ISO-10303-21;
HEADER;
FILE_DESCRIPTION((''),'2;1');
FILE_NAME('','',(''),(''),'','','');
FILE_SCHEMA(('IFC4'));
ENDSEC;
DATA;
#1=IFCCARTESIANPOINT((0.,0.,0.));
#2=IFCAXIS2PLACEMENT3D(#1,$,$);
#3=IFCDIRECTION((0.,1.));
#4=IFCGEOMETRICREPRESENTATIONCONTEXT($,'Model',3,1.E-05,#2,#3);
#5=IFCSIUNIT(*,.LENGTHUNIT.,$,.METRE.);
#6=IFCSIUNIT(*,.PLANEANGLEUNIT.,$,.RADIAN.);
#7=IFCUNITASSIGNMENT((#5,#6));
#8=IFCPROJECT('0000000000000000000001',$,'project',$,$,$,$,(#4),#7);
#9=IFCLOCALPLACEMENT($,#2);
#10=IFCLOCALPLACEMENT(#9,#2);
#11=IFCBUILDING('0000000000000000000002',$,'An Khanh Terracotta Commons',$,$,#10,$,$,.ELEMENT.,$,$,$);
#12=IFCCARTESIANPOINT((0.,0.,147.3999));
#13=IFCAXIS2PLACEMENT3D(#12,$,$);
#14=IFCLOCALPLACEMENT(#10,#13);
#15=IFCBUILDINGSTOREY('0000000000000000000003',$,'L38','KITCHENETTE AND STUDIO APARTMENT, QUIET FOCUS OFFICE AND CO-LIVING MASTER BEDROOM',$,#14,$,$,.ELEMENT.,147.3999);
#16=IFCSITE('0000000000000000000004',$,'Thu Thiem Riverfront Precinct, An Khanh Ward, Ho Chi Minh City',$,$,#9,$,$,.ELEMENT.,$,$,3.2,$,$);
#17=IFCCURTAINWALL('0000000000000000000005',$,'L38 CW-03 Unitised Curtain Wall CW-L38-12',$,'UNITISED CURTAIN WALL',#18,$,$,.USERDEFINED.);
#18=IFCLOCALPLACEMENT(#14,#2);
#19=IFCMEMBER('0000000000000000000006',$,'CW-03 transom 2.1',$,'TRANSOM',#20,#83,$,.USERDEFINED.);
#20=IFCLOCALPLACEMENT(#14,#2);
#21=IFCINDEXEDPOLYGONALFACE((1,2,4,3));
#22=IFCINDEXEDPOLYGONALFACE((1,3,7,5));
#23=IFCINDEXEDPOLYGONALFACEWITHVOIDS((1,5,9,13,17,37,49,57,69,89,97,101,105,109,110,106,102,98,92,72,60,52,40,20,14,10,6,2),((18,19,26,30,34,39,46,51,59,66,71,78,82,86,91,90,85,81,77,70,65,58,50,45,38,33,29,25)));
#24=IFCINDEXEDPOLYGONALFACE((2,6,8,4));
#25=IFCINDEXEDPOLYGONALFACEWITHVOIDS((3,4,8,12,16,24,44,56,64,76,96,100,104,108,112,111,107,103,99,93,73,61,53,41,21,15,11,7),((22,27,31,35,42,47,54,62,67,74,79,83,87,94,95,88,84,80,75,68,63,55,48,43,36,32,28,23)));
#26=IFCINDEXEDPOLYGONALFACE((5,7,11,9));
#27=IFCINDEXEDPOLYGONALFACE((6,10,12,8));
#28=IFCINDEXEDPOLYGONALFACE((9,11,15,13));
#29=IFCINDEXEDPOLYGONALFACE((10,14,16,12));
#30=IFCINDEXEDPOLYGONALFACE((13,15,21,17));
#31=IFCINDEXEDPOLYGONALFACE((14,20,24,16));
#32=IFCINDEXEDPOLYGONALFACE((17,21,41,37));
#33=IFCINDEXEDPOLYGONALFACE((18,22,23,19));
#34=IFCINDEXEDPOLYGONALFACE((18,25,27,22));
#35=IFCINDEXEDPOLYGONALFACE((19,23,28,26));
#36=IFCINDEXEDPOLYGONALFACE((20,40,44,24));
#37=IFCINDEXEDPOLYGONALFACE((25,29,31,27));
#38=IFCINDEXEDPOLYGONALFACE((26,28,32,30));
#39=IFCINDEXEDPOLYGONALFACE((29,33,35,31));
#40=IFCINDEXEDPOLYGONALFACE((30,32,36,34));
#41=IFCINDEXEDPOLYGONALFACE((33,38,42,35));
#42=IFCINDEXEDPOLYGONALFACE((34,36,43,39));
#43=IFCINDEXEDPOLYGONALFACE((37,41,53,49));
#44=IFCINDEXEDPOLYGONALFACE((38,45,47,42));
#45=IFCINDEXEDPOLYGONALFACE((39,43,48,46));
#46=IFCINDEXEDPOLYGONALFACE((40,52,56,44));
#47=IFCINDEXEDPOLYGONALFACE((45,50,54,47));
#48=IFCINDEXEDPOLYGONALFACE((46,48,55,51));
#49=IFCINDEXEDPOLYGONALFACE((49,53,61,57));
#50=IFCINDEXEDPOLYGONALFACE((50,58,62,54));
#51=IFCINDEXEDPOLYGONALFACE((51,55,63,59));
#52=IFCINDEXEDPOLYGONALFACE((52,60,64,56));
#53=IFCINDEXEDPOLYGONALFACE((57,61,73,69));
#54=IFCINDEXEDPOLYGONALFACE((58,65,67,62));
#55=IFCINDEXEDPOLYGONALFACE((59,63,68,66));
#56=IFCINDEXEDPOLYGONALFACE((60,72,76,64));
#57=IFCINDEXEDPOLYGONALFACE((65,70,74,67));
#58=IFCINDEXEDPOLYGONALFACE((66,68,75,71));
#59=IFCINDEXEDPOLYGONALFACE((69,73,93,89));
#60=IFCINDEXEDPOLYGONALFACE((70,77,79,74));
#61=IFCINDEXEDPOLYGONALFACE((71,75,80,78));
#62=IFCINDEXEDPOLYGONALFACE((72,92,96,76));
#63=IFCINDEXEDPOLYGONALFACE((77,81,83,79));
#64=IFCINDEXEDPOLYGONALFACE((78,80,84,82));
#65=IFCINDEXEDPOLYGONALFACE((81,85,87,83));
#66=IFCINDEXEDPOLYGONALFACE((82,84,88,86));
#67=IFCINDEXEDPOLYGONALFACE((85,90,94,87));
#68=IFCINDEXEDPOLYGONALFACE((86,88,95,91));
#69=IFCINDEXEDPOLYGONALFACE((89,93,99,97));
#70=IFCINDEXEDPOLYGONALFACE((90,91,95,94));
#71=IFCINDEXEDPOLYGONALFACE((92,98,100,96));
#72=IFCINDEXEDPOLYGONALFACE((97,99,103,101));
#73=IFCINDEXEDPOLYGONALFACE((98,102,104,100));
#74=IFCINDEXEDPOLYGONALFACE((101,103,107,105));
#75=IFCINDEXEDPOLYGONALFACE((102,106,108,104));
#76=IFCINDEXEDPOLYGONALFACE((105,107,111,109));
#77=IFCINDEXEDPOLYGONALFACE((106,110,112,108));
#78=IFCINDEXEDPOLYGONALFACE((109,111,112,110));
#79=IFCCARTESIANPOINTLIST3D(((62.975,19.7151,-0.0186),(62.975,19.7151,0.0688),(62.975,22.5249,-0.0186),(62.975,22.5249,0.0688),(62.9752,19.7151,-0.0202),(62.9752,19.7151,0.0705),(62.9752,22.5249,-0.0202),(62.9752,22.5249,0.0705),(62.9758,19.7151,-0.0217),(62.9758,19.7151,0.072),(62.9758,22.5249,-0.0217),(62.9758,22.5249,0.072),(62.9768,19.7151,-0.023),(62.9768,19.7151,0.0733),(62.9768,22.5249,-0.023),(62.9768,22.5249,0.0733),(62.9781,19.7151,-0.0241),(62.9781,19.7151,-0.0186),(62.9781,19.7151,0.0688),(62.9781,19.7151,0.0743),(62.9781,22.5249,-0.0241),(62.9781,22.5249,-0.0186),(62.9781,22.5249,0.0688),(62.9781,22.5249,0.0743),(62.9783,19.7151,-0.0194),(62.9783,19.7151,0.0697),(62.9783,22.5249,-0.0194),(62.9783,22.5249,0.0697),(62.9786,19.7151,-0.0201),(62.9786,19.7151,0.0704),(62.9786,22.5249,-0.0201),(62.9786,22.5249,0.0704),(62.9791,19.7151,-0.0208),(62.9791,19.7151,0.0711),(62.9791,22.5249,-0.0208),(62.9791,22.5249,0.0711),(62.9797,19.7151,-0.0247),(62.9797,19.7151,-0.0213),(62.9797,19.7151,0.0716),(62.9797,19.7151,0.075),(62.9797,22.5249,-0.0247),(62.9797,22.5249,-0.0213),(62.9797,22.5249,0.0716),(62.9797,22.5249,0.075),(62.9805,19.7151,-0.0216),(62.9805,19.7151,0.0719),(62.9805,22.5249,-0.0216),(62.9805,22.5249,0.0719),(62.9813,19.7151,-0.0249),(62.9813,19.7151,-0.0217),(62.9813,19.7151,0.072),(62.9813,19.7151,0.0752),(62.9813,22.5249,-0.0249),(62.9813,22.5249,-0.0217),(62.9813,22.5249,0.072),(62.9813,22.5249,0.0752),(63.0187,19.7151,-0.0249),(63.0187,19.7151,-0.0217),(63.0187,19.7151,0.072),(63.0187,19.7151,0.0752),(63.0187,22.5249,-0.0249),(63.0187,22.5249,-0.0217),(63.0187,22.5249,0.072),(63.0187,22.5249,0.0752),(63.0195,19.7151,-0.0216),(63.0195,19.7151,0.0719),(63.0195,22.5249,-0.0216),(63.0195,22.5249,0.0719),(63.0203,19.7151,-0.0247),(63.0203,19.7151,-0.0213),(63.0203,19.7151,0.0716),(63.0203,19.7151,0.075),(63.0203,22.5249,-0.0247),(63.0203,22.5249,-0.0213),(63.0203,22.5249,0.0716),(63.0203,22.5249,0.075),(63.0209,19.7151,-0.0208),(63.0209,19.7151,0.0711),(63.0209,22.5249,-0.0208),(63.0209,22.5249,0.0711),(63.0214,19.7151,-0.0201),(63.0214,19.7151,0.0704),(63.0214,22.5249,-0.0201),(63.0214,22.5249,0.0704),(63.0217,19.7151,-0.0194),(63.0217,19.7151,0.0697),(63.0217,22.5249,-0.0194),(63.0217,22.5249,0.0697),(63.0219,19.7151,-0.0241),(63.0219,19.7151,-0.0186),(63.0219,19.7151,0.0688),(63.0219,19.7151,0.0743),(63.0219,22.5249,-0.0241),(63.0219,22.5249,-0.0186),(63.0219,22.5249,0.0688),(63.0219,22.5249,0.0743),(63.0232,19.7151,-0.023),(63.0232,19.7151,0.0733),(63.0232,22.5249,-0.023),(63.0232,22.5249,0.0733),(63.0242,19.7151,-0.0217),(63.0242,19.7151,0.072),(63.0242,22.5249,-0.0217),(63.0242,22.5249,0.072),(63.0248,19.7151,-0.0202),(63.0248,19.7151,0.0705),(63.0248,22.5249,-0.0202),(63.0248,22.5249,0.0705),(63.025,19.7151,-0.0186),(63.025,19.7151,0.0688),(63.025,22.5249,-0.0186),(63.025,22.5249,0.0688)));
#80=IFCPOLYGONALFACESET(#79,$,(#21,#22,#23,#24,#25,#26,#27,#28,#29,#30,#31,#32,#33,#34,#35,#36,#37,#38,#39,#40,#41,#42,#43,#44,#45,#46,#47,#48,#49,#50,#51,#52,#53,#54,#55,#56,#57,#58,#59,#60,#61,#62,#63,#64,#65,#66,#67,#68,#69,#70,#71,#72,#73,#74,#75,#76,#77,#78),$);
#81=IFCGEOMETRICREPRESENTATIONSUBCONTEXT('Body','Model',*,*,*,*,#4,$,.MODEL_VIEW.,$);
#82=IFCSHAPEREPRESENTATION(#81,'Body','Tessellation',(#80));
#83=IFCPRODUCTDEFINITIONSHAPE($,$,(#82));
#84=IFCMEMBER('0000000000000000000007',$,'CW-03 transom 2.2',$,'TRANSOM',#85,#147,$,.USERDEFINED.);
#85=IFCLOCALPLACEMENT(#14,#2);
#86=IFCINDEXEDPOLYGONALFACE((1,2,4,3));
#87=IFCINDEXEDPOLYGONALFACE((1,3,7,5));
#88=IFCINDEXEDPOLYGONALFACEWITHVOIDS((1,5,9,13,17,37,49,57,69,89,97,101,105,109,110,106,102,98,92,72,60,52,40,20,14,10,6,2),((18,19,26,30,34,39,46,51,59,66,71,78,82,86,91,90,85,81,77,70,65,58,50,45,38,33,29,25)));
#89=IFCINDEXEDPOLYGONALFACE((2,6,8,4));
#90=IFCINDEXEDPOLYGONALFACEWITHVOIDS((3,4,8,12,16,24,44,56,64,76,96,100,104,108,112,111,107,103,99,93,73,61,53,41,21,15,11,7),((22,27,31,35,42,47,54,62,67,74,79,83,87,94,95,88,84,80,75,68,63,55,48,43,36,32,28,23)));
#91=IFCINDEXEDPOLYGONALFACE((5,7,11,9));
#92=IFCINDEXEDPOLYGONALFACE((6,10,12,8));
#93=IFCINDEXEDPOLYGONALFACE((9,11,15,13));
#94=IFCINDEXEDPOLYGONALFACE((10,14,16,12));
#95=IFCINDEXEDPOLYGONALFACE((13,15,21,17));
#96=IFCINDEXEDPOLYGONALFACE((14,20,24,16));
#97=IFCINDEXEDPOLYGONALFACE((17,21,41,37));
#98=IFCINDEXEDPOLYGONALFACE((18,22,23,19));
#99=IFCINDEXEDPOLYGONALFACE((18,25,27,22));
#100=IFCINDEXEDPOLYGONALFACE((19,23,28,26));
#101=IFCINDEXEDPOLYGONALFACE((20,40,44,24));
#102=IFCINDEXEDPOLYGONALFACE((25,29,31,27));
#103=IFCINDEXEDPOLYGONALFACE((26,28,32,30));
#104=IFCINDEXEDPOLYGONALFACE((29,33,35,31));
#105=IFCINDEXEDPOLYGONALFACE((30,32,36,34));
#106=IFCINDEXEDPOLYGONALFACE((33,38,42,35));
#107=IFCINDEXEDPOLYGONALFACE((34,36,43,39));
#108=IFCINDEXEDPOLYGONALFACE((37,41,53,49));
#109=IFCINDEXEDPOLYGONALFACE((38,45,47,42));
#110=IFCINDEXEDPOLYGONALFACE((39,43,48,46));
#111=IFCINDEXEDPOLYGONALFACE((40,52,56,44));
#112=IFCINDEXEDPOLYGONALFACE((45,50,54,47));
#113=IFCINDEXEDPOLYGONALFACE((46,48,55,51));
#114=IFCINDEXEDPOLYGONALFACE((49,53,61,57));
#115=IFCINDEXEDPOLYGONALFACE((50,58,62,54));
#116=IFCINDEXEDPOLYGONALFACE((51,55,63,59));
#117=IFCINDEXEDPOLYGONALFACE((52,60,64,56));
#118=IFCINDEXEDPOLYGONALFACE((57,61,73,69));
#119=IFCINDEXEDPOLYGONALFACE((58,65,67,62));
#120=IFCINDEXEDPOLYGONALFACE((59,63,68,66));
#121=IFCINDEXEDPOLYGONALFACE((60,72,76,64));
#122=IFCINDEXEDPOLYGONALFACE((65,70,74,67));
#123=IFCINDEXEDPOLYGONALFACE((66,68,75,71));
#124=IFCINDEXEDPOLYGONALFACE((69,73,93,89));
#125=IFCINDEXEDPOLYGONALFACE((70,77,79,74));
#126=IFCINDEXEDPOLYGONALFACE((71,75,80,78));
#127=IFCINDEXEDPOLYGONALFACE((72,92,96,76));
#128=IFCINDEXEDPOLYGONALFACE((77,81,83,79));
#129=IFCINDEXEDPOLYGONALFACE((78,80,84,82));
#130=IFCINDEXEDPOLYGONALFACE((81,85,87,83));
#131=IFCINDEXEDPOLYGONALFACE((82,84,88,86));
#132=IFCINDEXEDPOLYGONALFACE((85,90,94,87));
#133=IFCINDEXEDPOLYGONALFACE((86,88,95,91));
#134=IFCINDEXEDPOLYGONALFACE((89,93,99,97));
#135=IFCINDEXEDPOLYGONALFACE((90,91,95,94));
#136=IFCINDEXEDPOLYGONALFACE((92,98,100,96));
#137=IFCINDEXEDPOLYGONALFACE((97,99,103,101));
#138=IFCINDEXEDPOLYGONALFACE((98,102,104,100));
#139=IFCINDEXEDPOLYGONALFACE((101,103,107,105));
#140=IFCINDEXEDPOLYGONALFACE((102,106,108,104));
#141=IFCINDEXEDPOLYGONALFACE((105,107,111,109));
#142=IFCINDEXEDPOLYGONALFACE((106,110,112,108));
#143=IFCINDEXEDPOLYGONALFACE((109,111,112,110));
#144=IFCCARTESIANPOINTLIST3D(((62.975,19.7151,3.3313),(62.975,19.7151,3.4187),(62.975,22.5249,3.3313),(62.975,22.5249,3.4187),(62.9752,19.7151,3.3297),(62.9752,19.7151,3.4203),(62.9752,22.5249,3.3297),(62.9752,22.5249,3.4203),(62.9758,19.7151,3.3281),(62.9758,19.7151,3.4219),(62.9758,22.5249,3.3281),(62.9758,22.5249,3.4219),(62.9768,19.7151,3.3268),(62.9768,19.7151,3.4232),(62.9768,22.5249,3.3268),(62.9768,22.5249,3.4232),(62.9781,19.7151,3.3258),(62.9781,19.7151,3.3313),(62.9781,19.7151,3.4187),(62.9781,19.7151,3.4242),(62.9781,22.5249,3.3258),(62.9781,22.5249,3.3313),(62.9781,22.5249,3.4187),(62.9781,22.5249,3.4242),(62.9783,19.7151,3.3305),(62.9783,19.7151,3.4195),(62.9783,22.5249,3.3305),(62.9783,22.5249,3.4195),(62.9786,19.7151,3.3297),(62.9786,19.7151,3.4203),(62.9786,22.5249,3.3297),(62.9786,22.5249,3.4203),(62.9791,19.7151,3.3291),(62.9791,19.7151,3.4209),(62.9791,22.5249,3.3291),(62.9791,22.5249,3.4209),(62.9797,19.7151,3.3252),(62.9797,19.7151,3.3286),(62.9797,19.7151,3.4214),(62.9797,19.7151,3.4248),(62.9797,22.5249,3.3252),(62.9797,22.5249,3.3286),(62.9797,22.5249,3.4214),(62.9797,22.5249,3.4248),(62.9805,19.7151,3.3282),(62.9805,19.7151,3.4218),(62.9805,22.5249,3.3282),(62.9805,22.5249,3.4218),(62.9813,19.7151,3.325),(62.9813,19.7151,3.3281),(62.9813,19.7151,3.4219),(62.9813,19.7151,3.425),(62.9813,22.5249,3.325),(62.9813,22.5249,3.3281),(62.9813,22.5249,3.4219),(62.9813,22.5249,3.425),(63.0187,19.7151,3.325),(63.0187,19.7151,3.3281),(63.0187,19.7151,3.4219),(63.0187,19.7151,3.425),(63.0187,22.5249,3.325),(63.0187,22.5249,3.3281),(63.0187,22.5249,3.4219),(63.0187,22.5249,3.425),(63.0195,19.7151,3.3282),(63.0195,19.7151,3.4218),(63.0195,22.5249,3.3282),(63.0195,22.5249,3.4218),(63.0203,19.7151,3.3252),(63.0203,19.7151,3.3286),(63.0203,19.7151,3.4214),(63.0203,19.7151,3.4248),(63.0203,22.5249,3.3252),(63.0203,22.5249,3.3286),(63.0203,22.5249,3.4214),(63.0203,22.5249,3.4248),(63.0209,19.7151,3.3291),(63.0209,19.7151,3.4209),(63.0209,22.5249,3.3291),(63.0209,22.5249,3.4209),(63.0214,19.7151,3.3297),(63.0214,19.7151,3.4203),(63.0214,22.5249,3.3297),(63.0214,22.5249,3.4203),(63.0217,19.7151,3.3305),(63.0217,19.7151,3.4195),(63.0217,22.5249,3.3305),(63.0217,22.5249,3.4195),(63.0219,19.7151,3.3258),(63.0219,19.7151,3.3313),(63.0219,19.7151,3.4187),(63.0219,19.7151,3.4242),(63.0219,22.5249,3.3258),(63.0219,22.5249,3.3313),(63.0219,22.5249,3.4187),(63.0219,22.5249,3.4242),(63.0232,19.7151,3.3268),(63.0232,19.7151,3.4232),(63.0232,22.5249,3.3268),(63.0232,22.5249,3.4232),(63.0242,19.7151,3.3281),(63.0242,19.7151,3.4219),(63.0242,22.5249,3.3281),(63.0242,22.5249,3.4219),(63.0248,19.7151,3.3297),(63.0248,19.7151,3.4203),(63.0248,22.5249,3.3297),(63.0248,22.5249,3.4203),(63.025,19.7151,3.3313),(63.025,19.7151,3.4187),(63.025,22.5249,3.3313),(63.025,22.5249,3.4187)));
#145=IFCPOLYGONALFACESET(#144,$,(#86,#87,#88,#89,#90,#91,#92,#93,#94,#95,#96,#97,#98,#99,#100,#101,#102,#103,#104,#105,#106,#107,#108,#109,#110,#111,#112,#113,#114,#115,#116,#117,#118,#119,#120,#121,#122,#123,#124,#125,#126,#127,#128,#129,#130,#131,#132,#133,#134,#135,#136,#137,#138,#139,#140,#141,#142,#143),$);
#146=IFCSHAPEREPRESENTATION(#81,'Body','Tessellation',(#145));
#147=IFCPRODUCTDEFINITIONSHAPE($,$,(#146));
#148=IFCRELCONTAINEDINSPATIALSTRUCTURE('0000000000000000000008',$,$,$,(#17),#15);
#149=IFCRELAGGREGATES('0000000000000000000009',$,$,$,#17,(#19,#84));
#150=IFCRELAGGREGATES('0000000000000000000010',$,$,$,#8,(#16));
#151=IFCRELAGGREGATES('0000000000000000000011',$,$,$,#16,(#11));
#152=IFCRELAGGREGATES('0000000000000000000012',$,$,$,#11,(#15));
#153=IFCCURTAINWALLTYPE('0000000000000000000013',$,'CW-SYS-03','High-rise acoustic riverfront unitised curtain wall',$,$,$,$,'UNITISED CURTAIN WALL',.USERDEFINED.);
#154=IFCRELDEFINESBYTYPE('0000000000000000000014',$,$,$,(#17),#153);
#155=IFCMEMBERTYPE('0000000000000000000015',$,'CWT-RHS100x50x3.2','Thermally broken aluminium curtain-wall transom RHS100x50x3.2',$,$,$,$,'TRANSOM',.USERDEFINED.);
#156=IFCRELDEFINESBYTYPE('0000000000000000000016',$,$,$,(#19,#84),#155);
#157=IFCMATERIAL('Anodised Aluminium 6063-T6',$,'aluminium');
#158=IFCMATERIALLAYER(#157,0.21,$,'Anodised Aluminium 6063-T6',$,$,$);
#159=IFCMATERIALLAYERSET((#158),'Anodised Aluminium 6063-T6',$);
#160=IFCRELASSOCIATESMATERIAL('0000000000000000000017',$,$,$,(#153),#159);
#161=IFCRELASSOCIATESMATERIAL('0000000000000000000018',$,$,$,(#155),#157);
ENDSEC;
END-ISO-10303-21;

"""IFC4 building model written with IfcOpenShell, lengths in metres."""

from ifc_helpers import new_model, si_unit, direction, frame, origin, origin_2d, place, context, subcontext, project, spatial, hollow_rectangle, extrude, material, layer, layer_set, material_profile, profile_set, type_object, element, aggregate, save


model = new_model("IFC4")

# Units and contexts
model_context = context("Model", 3, precision=1e-05, world=origin(), true_north=direction((0.0, 1.0)))
body_context = subcontext(model_context, "Body", "Model", "MODEL_VIEW")
ifc_project = project(units=[si_unit("LENGTHUNIT", "METRE"), si_unit("PLANEANGLEUNIT", "RADIAN")], contexts=[model_context])

# Site, building, storey
site_placement = place(None, origin())
site = spatial("IfcSite", under=ifc_project, at=site_placement, Name="Thu Thiem Riverfront Precinct, An Khanh Ward, Ho Chi Minh City", CompositionType="ELEMENT", RefElevation=3.2)
building_placement = place(site_placement, origin())
building = spatial("IfcBuilding", under=site, at=building_placement, Name="An Khanh Terracotta Commons", CompositionType="ELEMENT")
storey_placement = place(building_placement, frame((0.0, 0.0, 147.3999)))
storey = spatial("IfcBuildingStorey", under=building, at=storey_placement, Name="L38", Description="KITCHENETTE AND STUDIO APARTMENT, QUIET FOCUS OFFICE AND CO-LIVING MASTER BEDROOM", CompositionType="ELEMENT", Elevation=147.3999)

# Curtain wall
ifc_material_1 = material(Name="Anodised Aluminium 6063-T6", Category="aluminium")
ifc_layer_1 = layer(ifc_material_1, 0.21, Name="Anodised Aluminium 6063-T6")
ifc_layer_set_1 = layer_set([ifc_layer_1], Name="Anodised Aluminium 6063-T6")
curtain_wall_type = type_object("IfcCurtainWallType", Name="CW-SYS-03", Description="High-rise acoustic riverfront unitised curtain wall", ElementType="UNITISED CURTAIN WALL", PredefinedType="USERDEFINED", material=ifc_layer_set_1)
curtain_wall_1_placement = place(storey_placement, origin())
curtain_wall_1 = element("IfcCurtainWall", 1, at=curtain_wall_1_placement, inside=storey, type_object=curtain_wall_type, Name="L38 CW-03 Unitised Curtain Wall CW-L38-12", ObjectType="UNITISED CURTAIN WALL", PredefinedType="USERDEFINED")

# Members
ifc_material_profile_1 = material_profile(ifc_material_1, hollow_rectangle(XDim=0.05, YDim=0.1001, WallThickness=0.0032, InnerFilletRadius=0.0032, OuterFilletRadius=0.0063, at=origin_2d()), Name="RHS100x50x3.2")
ifc_profile_set_1 = profile_set([ifc_material_profile_1], Name="Anodised Aluminium 6063-T6")
member_type_1 = type_object("IfcMemberType", Name="CWT-RHS100x50x3.2", Description="Thermally broken aluminium curtain-wall transom RHS100x50x3.2", ElementType="TRANSOM", PredefinedType="USERDEFINED", material=ifc_profile_set_1)
member_1_placement = place(storey_placement, frame((63.0, 19.7151, 0.0251), z_axis=(0.0, 1.0, 0.0), x_axis=(-1.0, 0.0, 0.0)))
member_1 = element("IfcMember", 2, at=member_1_placement, type_object=member_type_1, Name="CW-03 transom 2.1", ObjectType="TRANSOM", PredefinedType="USERDEFINED", context=body_context, shape_type="SweptSolid", body=[
    extrude(hollow_rectangle(XDim=0.05, YDim=0.1001, WallThickness=0.0032, InnerFilletRadius=0.0032, OuterFilletRadius=0.0063, at=origin_2d()), origin(), (0.0, 0.0, 1.0), 2.8098),
])
member_2_placement = place(storey_placement, frame((63.0, 19.7151, 3.375), z_axis=(0.0, 1.0, 0.0), x_axis=(-1.0, 0.0, 0.0)))
member_2 = element("IfcMember", 3, at=member_2_placement, type_object=member_type_1, Name="CW-03 transom 2.2", ObjectType="TRANSOM", PredefinedType="USERDEFINED", context=body_context, shape_type="SweptSolid", body=[
    extrude(hollow_rectangle(XDim=0.05, YDim=0.1001, WallThickness=0.0032, InnerFilletRadius=0.0032, OuterFilletRadius=0.0063, at=origin_2d()), origin(), (0.0, 0.0, 1.0), 2.8098),
])

aggregate(curtain_wall_1, [member_1, member_2])

save(model, "model.ifc")
